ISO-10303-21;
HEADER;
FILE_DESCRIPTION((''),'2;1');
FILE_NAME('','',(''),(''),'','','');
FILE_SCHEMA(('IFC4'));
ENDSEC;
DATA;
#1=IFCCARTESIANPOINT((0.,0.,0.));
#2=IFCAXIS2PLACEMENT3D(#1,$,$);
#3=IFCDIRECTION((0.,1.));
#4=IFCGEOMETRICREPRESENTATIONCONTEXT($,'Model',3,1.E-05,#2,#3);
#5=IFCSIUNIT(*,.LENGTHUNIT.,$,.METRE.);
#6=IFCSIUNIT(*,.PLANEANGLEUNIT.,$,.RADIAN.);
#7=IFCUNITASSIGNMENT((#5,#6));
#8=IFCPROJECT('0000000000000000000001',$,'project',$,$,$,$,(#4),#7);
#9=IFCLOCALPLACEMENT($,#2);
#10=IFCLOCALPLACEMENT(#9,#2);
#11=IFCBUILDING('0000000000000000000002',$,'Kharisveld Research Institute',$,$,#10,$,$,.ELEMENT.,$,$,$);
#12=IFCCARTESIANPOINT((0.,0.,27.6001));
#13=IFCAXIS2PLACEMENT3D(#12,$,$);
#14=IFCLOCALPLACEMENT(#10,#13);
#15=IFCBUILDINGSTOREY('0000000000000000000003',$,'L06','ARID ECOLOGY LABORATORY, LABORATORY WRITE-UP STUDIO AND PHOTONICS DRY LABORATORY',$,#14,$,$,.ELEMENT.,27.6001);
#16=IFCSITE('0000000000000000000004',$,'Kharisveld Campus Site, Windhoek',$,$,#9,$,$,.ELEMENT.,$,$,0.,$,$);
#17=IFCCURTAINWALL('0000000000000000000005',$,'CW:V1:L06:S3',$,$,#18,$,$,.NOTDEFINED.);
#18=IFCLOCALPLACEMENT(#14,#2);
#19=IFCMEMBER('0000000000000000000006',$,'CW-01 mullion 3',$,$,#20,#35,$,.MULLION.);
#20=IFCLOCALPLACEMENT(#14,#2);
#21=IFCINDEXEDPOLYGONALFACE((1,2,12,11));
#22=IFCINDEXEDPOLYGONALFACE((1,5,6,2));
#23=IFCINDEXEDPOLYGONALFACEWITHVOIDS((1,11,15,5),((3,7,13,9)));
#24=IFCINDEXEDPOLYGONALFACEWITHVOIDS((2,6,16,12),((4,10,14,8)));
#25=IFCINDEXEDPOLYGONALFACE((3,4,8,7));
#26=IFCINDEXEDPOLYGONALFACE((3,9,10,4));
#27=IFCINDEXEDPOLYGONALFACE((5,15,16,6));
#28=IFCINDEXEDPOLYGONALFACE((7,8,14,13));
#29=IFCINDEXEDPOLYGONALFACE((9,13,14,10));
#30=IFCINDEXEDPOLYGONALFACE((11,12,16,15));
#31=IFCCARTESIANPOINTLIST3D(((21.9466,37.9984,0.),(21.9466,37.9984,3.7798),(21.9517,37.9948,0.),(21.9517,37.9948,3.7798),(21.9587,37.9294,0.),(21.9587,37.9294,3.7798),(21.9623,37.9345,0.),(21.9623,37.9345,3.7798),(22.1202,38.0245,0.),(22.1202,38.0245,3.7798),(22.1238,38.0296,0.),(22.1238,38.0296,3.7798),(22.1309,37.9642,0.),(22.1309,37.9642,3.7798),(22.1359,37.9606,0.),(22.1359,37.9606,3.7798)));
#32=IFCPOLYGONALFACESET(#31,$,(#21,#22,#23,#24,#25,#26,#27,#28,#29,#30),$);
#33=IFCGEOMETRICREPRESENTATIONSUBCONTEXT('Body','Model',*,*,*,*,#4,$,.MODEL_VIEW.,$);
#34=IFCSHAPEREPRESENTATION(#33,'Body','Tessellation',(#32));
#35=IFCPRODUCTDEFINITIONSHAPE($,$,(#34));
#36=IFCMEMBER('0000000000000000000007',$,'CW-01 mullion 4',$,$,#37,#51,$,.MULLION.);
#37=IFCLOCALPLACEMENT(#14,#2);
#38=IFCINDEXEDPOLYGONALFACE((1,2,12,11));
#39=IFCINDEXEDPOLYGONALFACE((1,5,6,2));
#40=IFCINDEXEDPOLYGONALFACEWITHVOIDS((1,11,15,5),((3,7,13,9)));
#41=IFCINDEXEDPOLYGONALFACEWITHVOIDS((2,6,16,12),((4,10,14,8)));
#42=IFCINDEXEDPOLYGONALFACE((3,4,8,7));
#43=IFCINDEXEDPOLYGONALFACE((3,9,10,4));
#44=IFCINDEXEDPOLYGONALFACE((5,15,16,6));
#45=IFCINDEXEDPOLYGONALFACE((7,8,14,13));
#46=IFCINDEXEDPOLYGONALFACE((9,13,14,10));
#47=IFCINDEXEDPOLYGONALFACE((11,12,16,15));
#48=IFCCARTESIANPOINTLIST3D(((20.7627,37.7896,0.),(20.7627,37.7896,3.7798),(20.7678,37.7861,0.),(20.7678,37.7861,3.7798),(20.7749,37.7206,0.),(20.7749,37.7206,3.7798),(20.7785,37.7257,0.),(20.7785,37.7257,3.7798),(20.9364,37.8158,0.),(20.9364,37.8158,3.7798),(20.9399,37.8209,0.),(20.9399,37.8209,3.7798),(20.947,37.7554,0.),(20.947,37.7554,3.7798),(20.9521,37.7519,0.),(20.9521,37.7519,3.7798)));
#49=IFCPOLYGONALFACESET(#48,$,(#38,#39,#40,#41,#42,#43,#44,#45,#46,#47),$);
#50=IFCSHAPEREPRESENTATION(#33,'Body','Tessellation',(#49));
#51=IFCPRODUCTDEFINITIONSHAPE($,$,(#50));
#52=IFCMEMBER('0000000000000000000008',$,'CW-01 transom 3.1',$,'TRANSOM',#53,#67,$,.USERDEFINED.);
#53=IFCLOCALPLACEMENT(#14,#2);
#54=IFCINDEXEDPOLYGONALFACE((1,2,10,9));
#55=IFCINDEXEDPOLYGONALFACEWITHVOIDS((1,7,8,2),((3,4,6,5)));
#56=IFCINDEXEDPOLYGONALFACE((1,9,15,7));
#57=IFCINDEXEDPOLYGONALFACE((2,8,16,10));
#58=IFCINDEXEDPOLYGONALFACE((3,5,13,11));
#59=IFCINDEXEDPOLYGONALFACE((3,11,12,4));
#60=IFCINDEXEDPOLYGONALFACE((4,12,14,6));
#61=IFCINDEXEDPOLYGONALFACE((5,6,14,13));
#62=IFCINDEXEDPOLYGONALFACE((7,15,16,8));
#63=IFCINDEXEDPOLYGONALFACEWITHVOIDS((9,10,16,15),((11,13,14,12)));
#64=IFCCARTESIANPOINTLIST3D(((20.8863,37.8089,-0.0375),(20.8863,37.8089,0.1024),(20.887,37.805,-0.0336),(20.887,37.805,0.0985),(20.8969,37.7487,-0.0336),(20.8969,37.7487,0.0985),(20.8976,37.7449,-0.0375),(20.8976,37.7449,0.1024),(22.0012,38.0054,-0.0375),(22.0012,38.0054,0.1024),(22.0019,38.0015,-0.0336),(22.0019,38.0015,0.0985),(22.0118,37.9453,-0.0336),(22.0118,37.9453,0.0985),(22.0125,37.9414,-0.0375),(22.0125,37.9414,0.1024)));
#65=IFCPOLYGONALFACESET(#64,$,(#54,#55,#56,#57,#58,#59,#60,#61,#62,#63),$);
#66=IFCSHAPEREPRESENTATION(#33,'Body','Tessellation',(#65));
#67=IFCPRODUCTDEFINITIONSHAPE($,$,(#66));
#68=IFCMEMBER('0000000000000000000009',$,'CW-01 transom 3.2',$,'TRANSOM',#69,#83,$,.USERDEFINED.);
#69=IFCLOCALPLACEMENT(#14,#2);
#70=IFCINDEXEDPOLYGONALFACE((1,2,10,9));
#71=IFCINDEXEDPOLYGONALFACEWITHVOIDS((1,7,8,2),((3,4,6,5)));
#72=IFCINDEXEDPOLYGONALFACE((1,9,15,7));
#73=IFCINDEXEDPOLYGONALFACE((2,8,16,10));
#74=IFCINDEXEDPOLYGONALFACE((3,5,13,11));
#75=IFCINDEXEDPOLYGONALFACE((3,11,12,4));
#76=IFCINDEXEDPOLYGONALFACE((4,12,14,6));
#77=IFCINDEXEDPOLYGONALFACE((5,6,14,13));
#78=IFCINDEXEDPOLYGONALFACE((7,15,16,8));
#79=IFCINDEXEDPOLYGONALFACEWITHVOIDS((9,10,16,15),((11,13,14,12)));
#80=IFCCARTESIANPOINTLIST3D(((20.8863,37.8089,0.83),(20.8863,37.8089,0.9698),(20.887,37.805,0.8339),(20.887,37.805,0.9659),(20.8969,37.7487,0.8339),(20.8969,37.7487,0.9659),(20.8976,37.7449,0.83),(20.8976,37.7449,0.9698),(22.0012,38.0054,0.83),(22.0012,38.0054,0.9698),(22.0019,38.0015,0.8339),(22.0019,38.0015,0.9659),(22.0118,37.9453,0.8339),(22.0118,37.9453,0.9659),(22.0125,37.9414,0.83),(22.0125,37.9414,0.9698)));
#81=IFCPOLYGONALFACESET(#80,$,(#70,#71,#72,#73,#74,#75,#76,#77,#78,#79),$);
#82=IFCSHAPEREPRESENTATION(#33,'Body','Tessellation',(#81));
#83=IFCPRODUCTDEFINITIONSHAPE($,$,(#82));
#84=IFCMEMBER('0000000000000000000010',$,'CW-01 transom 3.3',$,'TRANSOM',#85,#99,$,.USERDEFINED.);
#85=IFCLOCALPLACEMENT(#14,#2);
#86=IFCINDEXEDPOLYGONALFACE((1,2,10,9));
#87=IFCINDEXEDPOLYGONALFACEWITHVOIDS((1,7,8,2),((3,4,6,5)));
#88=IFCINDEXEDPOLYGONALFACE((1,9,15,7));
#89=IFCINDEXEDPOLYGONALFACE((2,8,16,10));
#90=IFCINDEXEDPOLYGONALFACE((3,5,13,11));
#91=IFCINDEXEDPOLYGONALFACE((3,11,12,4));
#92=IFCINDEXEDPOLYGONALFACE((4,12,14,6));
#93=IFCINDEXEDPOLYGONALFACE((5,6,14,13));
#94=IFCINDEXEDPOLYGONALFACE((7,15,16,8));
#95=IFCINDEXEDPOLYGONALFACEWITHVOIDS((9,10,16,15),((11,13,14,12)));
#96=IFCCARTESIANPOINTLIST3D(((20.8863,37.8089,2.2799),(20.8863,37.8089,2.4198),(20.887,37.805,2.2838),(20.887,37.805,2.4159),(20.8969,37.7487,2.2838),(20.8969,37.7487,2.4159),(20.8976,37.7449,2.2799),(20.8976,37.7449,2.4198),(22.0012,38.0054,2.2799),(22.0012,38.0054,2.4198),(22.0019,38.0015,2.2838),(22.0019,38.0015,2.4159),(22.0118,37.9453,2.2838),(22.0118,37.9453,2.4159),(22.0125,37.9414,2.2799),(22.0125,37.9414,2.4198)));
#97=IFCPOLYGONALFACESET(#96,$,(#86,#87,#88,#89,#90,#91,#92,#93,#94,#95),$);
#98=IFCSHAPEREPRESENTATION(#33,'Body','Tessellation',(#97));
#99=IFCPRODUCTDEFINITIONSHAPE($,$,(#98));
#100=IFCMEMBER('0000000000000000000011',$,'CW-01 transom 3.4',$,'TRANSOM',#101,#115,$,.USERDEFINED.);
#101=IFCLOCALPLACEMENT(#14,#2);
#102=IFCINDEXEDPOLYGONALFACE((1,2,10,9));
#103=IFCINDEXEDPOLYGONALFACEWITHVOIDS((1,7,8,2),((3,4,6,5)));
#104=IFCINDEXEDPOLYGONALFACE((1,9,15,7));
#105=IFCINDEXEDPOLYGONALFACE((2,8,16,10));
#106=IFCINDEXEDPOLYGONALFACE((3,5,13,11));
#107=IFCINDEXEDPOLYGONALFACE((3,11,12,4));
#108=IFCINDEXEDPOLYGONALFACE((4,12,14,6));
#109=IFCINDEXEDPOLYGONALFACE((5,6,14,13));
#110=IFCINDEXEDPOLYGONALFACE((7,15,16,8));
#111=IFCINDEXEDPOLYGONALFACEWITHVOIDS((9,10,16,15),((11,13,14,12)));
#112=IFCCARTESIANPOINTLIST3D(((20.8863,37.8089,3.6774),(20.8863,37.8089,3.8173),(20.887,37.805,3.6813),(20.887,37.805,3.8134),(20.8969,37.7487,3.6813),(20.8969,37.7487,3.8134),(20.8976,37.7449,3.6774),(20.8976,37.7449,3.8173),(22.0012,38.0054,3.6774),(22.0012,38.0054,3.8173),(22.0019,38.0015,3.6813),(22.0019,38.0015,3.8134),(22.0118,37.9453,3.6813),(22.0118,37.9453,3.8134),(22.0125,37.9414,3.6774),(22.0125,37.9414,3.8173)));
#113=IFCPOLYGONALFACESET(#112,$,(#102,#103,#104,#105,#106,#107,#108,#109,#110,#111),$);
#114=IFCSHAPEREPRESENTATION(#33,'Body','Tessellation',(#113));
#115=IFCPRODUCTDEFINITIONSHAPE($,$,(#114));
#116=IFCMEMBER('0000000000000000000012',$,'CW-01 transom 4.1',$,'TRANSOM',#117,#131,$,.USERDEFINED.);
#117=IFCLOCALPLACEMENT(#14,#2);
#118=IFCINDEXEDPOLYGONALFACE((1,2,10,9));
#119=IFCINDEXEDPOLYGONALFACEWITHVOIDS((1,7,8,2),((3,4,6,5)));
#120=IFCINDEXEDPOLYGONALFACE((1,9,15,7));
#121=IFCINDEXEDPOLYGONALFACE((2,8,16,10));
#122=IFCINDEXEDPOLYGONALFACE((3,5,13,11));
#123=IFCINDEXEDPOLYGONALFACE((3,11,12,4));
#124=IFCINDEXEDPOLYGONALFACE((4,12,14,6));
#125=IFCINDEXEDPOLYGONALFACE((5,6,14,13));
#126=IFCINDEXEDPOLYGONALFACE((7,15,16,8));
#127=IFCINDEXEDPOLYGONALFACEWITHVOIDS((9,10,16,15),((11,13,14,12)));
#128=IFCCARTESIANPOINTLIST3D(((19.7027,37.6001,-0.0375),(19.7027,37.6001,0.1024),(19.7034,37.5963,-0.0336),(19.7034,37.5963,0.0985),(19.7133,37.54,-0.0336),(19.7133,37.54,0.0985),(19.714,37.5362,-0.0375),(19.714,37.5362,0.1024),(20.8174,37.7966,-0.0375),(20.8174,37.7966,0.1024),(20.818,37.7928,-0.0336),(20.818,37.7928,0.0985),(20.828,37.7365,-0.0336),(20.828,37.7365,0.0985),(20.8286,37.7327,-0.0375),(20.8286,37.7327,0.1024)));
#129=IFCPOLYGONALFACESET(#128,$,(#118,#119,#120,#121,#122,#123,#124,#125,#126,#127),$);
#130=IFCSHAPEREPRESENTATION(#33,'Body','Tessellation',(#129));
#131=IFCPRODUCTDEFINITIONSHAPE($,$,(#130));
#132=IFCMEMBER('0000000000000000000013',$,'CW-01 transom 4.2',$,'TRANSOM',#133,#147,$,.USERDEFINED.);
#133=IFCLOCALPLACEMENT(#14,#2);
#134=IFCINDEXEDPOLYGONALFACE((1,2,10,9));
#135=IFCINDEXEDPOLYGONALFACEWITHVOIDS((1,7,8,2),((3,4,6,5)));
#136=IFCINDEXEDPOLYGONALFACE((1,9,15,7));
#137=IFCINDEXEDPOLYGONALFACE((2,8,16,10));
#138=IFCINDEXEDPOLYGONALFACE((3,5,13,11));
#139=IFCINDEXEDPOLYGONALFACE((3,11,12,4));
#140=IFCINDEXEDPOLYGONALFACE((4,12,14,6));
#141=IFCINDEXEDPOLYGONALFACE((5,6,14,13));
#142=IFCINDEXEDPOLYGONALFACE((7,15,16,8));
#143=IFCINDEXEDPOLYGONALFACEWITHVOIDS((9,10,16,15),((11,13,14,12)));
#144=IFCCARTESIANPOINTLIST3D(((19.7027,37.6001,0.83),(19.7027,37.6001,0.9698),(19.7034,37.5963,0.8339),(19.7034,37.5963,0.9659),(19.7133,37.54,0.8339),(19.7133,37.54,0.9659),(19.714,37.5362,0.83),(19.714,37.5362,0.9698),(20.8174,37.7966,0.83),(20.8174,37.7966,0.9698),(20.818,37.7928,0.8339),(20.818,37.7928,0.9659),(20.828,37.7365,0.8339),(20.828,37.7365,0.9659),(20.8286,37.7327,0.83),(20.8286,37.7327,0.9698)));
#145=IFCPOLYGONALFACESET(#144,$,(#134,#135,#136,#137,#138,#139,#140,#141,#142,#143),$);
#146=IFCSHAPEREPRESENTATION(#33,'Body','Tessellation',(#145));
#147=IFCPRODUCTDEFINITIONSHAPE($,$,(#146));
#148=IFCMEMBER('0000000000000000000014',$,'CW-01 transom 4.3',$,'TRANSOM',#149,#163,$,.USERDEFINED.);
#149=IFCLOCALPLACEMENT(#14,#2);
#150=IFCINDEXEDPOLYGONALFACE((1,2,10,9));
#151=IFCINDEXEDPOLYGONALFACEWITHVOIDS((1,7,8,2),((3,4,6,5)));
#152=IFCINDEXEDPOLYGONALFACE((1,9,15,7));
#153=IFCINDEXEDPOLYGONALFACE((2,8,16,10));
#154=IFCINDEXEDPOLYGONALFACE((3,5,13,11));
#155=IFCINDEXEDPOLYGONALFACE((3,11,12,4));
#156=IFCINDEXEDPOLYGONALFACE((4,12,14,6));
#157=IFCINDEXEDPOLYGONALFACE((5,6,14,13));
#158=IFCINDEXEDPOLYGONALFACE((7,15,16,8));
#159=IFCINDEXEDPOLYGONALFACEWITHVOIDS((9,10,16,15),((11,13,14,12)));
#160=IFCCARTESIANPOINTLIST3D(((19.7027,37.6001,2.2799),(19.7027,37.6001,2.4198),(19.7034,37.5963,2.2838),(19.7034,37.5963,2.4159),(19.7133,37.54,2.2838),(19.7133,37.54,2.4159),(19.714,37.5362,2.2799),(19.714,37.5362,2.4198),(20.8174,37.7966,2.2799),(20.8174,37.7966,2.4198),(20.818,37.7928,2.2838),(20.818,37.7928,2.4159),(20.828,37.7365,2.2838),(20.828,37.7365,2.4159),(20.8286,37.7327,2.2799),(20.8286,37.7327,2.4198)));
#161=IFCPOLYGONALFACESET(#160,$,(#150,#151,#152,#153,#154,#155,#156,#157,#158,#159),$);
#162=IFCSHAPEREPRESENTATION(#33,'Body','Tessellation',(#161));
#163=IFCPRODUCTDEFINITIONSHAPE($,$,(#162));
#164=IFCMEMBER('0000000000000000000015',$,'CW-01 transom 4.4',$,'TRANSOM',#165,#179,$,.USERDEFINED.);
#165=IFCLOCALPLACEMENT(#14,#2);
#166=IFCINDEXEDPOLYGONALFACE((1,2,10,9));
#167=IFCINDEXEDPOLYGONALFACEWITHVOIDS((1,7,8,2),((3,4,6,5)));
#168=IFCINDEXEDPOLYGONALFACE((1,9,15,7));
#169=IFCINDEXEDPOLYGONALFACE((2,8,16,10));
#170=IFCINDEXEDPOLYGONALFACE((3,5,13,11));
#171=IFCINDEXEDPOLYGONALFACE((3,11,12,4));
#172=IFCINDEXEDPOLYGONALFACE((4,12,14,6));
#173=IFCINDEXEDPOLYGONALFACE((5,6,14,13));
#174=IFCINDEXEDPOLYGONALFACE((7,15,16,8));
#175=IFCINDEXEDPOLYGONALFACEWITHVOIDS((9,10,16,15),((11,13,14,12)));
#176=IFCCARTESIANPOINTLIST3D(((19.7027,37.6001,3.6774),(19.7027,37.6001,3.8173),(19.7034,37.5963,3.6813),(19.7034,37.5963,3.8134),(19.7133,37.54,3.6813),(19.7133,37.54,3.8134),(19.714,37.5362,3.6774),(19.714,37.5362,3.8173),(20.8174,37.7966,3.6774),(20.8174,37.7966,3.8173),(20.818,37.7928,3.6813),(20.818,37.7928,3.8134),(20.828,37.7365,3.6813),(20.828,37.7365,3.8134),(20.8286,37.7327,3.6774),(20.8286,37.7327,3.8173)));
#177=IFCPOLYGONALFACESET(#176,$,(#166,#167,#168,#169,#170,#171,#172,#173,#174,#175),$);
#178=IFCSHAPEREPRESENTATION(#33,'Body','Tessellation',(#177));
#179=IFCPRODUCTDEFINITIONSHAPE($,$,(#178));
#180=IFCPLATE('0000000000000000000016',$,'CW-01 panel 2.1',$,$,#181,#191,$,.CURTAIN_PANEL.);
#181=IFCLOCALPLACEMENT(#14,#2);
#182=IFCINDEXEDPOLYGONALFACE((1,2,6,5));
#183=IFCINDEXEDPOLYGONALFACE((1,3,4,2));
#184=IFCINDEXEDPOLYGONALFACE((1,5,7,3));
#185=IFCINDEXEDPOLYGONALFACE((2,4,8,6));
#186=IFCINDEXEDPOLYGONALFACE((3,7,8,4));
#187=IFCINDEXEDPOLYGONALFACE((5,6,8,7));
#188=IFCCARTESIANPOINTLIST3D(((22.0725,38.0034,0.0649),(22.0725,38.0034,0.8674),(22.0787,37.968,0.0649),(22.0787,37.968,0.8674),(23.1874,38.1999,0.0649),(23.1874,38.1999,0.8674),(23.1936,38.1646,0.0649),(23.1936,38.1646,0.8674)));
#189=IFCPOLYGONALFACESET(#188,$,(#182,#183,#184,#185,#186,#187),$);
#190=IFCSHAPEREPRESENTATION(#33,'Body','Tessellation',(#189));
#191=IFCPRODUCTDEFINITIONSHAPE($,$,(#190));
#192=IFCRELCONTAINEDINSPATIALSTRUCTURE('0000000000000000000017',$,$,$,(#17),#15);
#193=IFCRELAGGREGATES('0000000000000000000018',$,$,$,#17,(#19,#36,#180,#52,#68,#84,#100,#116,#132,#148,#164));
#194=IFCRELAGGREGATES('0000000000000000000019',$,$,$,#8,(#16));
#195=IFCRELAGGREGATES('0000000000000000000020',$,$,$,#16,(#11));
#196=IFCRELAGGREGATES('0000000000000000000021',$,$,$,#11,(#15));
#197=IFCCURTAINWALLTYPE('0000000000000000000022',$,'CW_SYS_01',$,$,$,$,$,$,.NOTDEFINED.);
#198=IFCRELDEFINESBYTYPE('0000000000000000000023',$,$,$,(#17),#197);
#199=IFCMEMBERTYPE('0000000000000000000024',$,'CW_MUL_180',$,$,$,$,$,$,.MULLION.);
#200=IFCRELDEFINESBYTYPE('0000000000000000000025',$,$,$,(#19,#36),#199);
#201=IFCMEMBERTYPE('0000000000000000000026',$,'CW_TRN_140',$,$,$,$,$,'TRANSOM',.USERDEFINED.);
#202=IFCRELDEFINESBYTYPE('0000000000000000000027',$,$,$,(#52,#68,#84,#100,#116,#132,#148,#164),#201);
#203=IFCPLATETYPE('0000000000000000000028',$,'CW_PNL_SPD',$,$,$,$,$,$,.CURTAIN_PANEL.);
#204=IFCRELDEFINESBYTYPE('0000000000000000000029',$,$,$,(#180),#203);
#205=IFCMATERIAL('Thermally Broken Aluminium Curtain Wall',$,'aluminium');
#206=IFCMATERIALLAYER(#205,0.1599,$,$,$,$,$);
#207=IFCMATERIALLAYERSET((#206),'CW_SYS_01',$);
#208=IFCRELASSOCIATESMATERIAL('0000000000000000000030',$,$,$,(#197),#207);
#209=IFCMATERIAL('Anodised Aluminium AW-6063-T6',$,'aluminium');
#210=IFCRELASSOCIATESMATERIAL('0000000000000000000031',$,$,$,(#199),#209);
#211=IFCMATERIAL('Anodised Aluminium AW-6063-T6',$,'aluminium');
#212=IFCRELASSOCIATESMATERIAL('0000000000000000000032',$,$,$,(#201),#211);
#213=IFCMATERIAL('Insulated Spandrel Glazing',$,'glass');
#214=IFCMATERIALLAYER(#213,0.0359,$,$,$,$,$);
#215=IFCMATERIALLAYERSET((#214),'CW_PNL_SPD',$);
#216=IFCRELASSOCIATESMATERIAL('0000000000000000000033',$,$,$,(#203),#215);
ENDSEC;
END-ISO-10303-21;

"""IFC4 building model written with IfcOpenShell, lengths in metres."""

from ifc_helpers import new_model, si_unit, direction, frame, origin, origin_2d, place, context, subcontext, project, spatial, rectangle, hollow_rectangle, extrude, material, layer, layer_set, material_profile, profile_set, type_object, element, aggregate, save


model = new_model("IFC4")

# Units and contexts
model_context = context("Model", 3, precision=1e-05, world=origin(), true_north=direction((0.0, 1.0)))
body_context = subcontext(model_context, "Body", "Model", "MODEL_VIEW")
ifc_project = project(units=[si_unit("LENGTHUNIT", "METRE"), si_unit("PLANEANGLEUNIT", "RADIAN")], contexts=[model_context])

# Site, building, storey
site_placement = place(None, origin())
site = spatial("IfcSite", under=ifc_project, at=site_placement, Name="Kharisveld Campus Site, Windhoek", CompositionType="ELEMENT", RefElevation=0.0)
building_placement = place(site_placement, origin())
building = spatial("IfcBuilding", under=site, at=building_placement, Name="Kharisveld Research Institute", CompositionType="ELEMENT")
storey_placement = place(building_placement, frame((0.0, 0.0, 27.6001)))
storey = spatial("IfcBuildingStorey", under=building, at=storey_placement, Name="L06", Description="ARID ECOLOGY LABORATORY, LABORATORY WRITE-UP STUDIO AND PHOTONICS DRY LABORATORY", CompositionType="ELEMENT", Elevation=27.6001)

# Curtain wall, members, plate
ifc_material_1 = material(Name="Thermally Broken Aluminium Curtain Wall", Category="aluminium")
ifc_layer_1 = layer(ifc_material_1, 0.1599)
ifc_layer_set_1 = layer_set([ifc_layer_1], Name="CW_SYS_01")
curtain_wall_type = type_object("IfcCurtainWallType", Name="CW_SYS_01", PredefinedType="NOTDEFINED", material=ifc_layer_set_1)
curtain_wall_placement = place(storey_placement, origin())
curtain_wall = element("IfcCurtainWall", 1, at=curtain_wall_placement, inside=storey, type_object=curtain_wall_type, Name="CW:V1:L06:S3", PredefinedType="NOTDEFINED")
ifc_material_2 = material(Name="Anodised Aluminium AW-6063-T6", Category="aluminium")
ifc_material_profile_1 = material_profile(ifc_material_2, hollow_rectangle(XDim=0.0701, YDim=0.1799, WallThickness=0.0044, at=origin_2d()))
ifc_profile_set_1 = profile_set([ifc_material_profile_1], Name="Anodised Aluminium AW-6063-T6")
member_type_1 = type_object("IfcMemberType", Name="CW_MUL_180", PredefinedType="MULLION", material=ifc_profile_set_1)
member_1_placement = place(storey_placement, frame((22.0413, 37.9795, 0.0), z_axis=(0.0, 0.0, 1.0), x_axis=(0.173648, -0.984808, 0.0)))
member_1 = element("IfcMember", 2, at=member_1_placement, type_object=member_type_1, Name="CW-01 mullion 3", PredefinedType="MULLION", context=body_context, shape_type="SweptSolid", body=[
    extrude(hollow_rectangle(XDim=0.0701, YDim=0.1799, WallThickness=0.0044, at=origin_2d()), origin(), (0.0, 0.0, 1.0), 3.7798),
])
member_2_placement = place(storey_placement, frame((20.8574, 37.7708, 0.0), z_axis=(0.0, 0.0, 1.0), x_axis=(0.173648, -0.984808, 0.0)))
member_2 = element("IfcMember", 3, at=member_2_placement, type_object=member_type_1, Name="CW-01 mullion 4", PredefinedType="MULLION", context=body_context, shape_type="SweptSolid", body=[
    extrude(hollow_rectangle(XDim=0.0701, YDim=0.1799, WallThickness=0.0044, at=origin_2d()), origin(), (0.0, 0.0, 1.0), 3.7798),
])
ifc_material_3 = material(Name="Anodised Aluminium AW-6063-T6", Category="aluminium")
ifc_material_profile_2 = material_profile(ifc_material_3, hollow_rectangle(XDim=0.0649, YDim=0.1399, WallThickness=0.0039, at=origin_2d()))
ifc_profile_set_2 = profile_set([ifc_material_profile_2], Name="Anodised Aluminium AW-6063-T6")
member_type_2 = type_object("IfcMemberType", Name="CW_TRN_140", ElementType="TRANSOM", PredefinedType="USERDEFINED", material=ifc_profile_set_2)
member_3_placement = place(storey_placement, frame((22.0068, 37.9734, 0.0325), z_axis=(-0.984818, -0.173589, 0.0), x_axis=(0.173589, -0.984818, 0.0)))
member_3 = element("IfcMember", 4, at=member_3_placement, type_object=member_type_2, Name="CW-01 transom 3.1", ObjectType="TRANSOM", PredefinedType="USERDEFINED", context=body_context, shape_type="SweptSolid", body=[
    extrude(hollow_rectangle(XDim=0.0649, YDim=0.1399, WallThickness=0.0039, at=origin_2d()), origin(), (0.0, 0.0, 1.0), 1.1321),
])
member_4_placement = place(storey_placement, frame((22.0068, 37.9734, 0.8999), z_axis=(-0.984818, -0.173589, 0.0), x_axis=(0.173589, -0.984818, 0.0)))
member_4 = element("IfcMember", 5, at=member_4_placement, type_object=member_type_2, Name="CW-01 transom 3.2", ObjectType="TRANSOM", PredefinedType="USERDEFINED", context=body_context, shape_type="SweptSolid", body=[
    extrude(hollow_rectangle(XDim=0.0649, YDim=0.1399, WallThickness=0.0039, at=origin_2d()), origin(), (0.0, 0.0, 1.0), 1.1321),
])
member_5_placement = place(storey_placement, frame((22.0068, 37.9734, 2.3499), z_axis=(-0.984818, -0.173589, 0.0), x_axis=(0.173589, -0.984818, 0.0)))
member_5 = element("IfcMember", 6, at=member_5_placement, type_object=member_type_2, Name="CW-01 transom 3.3", ObjectType="TRANSOM", PredefinedType="USERDEFINED", context=body_context, shape_type="SweptSolid", body=[
    extrude(hollow_rectangle(XDim=0.0649, YDim=0.1399, WallThickness=0.0039, at=origin_2d()), origin(), (0.0, 0.0, 1.0), 1.1321),
])
member_6_placement = place(storey_placement, frame((22.0068, 37.9734, 3.7473), z_axis=(-0.984818, -0.173589, 0.0), x_axis=(0.173589, -0.984818, 0.0)))
member_6 = element("IfcMember", 7, at=member_6_placement, type_object=member_type_2, Name="CW-01 transom 3.4", ObjectType="TRANSOM", PredefinedType="USERDEFINED", context=body_context, shape_type="SweptSolid", body=[
    extrude(hollow_rectangle(XDim=0.0649, YDim=0.1399, WallThickness=0.0039, at=origin_2d()), origin(), (0.0, 0.0, 1.0), 1.1321),
])
member_7_placement = place(storey_placement, frame((20.823, 37.7646, 0.0325), z_axis=(-0.984812, -0.173625, 0.0), x_axis=(0.173625, -0.984812, 0.0)))
member_7 = element("IfcMember", 8, at=member_7_placement, type_object=member_type_2, Name="CW-01 transom 4.1", ObjectType="TRANSOM", PredefinedType="USERDEFINED", context=body_context, shape_type="SweptSolid", body=[
    extrude(hollow_rectangle(XDim=0.0649, YDim=0.1399, WallThickness=0.0039, at=origin_2d()), origin(), (0.0, 0.0, 1.0), 1.1318),
])
member_8_placement = place(storey_placement, frame((20.823, 37.7646, 0.8999), z_axis=(-0.984812, -0.173625, 0.0), x_axis=(0.173625, -0.984812, 0.0)))
member_8 = element("IfcMember", 9, at=member_8_placement, type_object=member_type_2, Name="CW-01 transom 4.2", ObjectType="TRANSOM", PredefinedType="USERDEFINED", context=body_context, shape_type="SweptSolid", body=[
    extrude(hollow_rectangle(XDim=0.0649, YDim=0.1399, WallThickness=0.0039, at=origin_2d()), origin(), (0.0, 0.0, 1.0), 1.1318),
])
member_9_placement = place(storey_placement, frame((20.823, 37.7646, 2.3499), z_axis=(-0.984812, -0.173625, 0.0), x_axis=(0.173625, -0.984812, 0.0)))
member_9 = element("IfcMember", 10, at=member_9_placement, type_object=member_type_2, Name="CW-01 transom 4.3", ObjectType="TRANSOM", PredefinedType="USERDEFINED", context=body_context, shape_type="SweptSolid", body=[
    extrude(hollow_rectangle(XDim=0.0649, YDim=0.1399, WallThickness=0.0039, at=origin_2d()), origin(), (0.0, 0.0, 1.0), 1.1318),
])
member_10_placement = place(storey_placement, frame((20.823, 37.7646, 3.7473), z_axis=(-0.984812, -0.173625, 0.0), x_axis=(0.173625, -0.984812, 0.0)))
member_10 = element("IfcMember", 11, at=member_10_placement, type_object=member_type_2, Name="CW-01 transom 4.4", ObjectType="TRANSOM", PredefinedType="USERDEFINED", context=body_context, shape_type="SweptSolid", body=[
    extrude(hollow_rectangle(XDim=0.0649, YDim=0.1399, WallThickness=0.0039, at=origin_2d()), origin(), (0.0, 0.0, 1.0), 1.1318),
])
ifc_material_4 = material(Name="Insulated Spandrel Glazing", Category="glass")
ifc_layer_2 = layer(ifc_material_4, 0.0359)
ifc_layer_set_2 = layer_set([ifc_layer_2], Name="CW_PNL_SPD")
plate_type = type_object("IfcPlateType", Name="CW_PNL_SPD", PredefinedType="CURTAIN_PANEL", material=ifc_layer_set_2)
plate_1_placement = place(storey_placement, frame((22.6331, 38.084, 0.0649), z_axis=(0.0, 0.0, 1.0), x_axis=(-0.984808, -0.173648, 0.0)))
plate_1 = element("IfcPlate", 12, at=plate_1_placement, type_object=plate_type, Name="CW-01 panel 2.1", PredefinedType="CURTAIN_PANEL", context=body_context, shape_type="SweptSolid", body=[
    extrude(rectangle(XDim=1.1321, YDim=0.0359, at=origin_2d()), origin(), (0.0, 0.0, 1.0), 0.8025),
])
aggregate(curtain_wall, [member_1, member_2, plate_1, member_3, member_4, member_5, member_6, member_7, member_8, member_9, member_10])

save(model, "model.ifc")
